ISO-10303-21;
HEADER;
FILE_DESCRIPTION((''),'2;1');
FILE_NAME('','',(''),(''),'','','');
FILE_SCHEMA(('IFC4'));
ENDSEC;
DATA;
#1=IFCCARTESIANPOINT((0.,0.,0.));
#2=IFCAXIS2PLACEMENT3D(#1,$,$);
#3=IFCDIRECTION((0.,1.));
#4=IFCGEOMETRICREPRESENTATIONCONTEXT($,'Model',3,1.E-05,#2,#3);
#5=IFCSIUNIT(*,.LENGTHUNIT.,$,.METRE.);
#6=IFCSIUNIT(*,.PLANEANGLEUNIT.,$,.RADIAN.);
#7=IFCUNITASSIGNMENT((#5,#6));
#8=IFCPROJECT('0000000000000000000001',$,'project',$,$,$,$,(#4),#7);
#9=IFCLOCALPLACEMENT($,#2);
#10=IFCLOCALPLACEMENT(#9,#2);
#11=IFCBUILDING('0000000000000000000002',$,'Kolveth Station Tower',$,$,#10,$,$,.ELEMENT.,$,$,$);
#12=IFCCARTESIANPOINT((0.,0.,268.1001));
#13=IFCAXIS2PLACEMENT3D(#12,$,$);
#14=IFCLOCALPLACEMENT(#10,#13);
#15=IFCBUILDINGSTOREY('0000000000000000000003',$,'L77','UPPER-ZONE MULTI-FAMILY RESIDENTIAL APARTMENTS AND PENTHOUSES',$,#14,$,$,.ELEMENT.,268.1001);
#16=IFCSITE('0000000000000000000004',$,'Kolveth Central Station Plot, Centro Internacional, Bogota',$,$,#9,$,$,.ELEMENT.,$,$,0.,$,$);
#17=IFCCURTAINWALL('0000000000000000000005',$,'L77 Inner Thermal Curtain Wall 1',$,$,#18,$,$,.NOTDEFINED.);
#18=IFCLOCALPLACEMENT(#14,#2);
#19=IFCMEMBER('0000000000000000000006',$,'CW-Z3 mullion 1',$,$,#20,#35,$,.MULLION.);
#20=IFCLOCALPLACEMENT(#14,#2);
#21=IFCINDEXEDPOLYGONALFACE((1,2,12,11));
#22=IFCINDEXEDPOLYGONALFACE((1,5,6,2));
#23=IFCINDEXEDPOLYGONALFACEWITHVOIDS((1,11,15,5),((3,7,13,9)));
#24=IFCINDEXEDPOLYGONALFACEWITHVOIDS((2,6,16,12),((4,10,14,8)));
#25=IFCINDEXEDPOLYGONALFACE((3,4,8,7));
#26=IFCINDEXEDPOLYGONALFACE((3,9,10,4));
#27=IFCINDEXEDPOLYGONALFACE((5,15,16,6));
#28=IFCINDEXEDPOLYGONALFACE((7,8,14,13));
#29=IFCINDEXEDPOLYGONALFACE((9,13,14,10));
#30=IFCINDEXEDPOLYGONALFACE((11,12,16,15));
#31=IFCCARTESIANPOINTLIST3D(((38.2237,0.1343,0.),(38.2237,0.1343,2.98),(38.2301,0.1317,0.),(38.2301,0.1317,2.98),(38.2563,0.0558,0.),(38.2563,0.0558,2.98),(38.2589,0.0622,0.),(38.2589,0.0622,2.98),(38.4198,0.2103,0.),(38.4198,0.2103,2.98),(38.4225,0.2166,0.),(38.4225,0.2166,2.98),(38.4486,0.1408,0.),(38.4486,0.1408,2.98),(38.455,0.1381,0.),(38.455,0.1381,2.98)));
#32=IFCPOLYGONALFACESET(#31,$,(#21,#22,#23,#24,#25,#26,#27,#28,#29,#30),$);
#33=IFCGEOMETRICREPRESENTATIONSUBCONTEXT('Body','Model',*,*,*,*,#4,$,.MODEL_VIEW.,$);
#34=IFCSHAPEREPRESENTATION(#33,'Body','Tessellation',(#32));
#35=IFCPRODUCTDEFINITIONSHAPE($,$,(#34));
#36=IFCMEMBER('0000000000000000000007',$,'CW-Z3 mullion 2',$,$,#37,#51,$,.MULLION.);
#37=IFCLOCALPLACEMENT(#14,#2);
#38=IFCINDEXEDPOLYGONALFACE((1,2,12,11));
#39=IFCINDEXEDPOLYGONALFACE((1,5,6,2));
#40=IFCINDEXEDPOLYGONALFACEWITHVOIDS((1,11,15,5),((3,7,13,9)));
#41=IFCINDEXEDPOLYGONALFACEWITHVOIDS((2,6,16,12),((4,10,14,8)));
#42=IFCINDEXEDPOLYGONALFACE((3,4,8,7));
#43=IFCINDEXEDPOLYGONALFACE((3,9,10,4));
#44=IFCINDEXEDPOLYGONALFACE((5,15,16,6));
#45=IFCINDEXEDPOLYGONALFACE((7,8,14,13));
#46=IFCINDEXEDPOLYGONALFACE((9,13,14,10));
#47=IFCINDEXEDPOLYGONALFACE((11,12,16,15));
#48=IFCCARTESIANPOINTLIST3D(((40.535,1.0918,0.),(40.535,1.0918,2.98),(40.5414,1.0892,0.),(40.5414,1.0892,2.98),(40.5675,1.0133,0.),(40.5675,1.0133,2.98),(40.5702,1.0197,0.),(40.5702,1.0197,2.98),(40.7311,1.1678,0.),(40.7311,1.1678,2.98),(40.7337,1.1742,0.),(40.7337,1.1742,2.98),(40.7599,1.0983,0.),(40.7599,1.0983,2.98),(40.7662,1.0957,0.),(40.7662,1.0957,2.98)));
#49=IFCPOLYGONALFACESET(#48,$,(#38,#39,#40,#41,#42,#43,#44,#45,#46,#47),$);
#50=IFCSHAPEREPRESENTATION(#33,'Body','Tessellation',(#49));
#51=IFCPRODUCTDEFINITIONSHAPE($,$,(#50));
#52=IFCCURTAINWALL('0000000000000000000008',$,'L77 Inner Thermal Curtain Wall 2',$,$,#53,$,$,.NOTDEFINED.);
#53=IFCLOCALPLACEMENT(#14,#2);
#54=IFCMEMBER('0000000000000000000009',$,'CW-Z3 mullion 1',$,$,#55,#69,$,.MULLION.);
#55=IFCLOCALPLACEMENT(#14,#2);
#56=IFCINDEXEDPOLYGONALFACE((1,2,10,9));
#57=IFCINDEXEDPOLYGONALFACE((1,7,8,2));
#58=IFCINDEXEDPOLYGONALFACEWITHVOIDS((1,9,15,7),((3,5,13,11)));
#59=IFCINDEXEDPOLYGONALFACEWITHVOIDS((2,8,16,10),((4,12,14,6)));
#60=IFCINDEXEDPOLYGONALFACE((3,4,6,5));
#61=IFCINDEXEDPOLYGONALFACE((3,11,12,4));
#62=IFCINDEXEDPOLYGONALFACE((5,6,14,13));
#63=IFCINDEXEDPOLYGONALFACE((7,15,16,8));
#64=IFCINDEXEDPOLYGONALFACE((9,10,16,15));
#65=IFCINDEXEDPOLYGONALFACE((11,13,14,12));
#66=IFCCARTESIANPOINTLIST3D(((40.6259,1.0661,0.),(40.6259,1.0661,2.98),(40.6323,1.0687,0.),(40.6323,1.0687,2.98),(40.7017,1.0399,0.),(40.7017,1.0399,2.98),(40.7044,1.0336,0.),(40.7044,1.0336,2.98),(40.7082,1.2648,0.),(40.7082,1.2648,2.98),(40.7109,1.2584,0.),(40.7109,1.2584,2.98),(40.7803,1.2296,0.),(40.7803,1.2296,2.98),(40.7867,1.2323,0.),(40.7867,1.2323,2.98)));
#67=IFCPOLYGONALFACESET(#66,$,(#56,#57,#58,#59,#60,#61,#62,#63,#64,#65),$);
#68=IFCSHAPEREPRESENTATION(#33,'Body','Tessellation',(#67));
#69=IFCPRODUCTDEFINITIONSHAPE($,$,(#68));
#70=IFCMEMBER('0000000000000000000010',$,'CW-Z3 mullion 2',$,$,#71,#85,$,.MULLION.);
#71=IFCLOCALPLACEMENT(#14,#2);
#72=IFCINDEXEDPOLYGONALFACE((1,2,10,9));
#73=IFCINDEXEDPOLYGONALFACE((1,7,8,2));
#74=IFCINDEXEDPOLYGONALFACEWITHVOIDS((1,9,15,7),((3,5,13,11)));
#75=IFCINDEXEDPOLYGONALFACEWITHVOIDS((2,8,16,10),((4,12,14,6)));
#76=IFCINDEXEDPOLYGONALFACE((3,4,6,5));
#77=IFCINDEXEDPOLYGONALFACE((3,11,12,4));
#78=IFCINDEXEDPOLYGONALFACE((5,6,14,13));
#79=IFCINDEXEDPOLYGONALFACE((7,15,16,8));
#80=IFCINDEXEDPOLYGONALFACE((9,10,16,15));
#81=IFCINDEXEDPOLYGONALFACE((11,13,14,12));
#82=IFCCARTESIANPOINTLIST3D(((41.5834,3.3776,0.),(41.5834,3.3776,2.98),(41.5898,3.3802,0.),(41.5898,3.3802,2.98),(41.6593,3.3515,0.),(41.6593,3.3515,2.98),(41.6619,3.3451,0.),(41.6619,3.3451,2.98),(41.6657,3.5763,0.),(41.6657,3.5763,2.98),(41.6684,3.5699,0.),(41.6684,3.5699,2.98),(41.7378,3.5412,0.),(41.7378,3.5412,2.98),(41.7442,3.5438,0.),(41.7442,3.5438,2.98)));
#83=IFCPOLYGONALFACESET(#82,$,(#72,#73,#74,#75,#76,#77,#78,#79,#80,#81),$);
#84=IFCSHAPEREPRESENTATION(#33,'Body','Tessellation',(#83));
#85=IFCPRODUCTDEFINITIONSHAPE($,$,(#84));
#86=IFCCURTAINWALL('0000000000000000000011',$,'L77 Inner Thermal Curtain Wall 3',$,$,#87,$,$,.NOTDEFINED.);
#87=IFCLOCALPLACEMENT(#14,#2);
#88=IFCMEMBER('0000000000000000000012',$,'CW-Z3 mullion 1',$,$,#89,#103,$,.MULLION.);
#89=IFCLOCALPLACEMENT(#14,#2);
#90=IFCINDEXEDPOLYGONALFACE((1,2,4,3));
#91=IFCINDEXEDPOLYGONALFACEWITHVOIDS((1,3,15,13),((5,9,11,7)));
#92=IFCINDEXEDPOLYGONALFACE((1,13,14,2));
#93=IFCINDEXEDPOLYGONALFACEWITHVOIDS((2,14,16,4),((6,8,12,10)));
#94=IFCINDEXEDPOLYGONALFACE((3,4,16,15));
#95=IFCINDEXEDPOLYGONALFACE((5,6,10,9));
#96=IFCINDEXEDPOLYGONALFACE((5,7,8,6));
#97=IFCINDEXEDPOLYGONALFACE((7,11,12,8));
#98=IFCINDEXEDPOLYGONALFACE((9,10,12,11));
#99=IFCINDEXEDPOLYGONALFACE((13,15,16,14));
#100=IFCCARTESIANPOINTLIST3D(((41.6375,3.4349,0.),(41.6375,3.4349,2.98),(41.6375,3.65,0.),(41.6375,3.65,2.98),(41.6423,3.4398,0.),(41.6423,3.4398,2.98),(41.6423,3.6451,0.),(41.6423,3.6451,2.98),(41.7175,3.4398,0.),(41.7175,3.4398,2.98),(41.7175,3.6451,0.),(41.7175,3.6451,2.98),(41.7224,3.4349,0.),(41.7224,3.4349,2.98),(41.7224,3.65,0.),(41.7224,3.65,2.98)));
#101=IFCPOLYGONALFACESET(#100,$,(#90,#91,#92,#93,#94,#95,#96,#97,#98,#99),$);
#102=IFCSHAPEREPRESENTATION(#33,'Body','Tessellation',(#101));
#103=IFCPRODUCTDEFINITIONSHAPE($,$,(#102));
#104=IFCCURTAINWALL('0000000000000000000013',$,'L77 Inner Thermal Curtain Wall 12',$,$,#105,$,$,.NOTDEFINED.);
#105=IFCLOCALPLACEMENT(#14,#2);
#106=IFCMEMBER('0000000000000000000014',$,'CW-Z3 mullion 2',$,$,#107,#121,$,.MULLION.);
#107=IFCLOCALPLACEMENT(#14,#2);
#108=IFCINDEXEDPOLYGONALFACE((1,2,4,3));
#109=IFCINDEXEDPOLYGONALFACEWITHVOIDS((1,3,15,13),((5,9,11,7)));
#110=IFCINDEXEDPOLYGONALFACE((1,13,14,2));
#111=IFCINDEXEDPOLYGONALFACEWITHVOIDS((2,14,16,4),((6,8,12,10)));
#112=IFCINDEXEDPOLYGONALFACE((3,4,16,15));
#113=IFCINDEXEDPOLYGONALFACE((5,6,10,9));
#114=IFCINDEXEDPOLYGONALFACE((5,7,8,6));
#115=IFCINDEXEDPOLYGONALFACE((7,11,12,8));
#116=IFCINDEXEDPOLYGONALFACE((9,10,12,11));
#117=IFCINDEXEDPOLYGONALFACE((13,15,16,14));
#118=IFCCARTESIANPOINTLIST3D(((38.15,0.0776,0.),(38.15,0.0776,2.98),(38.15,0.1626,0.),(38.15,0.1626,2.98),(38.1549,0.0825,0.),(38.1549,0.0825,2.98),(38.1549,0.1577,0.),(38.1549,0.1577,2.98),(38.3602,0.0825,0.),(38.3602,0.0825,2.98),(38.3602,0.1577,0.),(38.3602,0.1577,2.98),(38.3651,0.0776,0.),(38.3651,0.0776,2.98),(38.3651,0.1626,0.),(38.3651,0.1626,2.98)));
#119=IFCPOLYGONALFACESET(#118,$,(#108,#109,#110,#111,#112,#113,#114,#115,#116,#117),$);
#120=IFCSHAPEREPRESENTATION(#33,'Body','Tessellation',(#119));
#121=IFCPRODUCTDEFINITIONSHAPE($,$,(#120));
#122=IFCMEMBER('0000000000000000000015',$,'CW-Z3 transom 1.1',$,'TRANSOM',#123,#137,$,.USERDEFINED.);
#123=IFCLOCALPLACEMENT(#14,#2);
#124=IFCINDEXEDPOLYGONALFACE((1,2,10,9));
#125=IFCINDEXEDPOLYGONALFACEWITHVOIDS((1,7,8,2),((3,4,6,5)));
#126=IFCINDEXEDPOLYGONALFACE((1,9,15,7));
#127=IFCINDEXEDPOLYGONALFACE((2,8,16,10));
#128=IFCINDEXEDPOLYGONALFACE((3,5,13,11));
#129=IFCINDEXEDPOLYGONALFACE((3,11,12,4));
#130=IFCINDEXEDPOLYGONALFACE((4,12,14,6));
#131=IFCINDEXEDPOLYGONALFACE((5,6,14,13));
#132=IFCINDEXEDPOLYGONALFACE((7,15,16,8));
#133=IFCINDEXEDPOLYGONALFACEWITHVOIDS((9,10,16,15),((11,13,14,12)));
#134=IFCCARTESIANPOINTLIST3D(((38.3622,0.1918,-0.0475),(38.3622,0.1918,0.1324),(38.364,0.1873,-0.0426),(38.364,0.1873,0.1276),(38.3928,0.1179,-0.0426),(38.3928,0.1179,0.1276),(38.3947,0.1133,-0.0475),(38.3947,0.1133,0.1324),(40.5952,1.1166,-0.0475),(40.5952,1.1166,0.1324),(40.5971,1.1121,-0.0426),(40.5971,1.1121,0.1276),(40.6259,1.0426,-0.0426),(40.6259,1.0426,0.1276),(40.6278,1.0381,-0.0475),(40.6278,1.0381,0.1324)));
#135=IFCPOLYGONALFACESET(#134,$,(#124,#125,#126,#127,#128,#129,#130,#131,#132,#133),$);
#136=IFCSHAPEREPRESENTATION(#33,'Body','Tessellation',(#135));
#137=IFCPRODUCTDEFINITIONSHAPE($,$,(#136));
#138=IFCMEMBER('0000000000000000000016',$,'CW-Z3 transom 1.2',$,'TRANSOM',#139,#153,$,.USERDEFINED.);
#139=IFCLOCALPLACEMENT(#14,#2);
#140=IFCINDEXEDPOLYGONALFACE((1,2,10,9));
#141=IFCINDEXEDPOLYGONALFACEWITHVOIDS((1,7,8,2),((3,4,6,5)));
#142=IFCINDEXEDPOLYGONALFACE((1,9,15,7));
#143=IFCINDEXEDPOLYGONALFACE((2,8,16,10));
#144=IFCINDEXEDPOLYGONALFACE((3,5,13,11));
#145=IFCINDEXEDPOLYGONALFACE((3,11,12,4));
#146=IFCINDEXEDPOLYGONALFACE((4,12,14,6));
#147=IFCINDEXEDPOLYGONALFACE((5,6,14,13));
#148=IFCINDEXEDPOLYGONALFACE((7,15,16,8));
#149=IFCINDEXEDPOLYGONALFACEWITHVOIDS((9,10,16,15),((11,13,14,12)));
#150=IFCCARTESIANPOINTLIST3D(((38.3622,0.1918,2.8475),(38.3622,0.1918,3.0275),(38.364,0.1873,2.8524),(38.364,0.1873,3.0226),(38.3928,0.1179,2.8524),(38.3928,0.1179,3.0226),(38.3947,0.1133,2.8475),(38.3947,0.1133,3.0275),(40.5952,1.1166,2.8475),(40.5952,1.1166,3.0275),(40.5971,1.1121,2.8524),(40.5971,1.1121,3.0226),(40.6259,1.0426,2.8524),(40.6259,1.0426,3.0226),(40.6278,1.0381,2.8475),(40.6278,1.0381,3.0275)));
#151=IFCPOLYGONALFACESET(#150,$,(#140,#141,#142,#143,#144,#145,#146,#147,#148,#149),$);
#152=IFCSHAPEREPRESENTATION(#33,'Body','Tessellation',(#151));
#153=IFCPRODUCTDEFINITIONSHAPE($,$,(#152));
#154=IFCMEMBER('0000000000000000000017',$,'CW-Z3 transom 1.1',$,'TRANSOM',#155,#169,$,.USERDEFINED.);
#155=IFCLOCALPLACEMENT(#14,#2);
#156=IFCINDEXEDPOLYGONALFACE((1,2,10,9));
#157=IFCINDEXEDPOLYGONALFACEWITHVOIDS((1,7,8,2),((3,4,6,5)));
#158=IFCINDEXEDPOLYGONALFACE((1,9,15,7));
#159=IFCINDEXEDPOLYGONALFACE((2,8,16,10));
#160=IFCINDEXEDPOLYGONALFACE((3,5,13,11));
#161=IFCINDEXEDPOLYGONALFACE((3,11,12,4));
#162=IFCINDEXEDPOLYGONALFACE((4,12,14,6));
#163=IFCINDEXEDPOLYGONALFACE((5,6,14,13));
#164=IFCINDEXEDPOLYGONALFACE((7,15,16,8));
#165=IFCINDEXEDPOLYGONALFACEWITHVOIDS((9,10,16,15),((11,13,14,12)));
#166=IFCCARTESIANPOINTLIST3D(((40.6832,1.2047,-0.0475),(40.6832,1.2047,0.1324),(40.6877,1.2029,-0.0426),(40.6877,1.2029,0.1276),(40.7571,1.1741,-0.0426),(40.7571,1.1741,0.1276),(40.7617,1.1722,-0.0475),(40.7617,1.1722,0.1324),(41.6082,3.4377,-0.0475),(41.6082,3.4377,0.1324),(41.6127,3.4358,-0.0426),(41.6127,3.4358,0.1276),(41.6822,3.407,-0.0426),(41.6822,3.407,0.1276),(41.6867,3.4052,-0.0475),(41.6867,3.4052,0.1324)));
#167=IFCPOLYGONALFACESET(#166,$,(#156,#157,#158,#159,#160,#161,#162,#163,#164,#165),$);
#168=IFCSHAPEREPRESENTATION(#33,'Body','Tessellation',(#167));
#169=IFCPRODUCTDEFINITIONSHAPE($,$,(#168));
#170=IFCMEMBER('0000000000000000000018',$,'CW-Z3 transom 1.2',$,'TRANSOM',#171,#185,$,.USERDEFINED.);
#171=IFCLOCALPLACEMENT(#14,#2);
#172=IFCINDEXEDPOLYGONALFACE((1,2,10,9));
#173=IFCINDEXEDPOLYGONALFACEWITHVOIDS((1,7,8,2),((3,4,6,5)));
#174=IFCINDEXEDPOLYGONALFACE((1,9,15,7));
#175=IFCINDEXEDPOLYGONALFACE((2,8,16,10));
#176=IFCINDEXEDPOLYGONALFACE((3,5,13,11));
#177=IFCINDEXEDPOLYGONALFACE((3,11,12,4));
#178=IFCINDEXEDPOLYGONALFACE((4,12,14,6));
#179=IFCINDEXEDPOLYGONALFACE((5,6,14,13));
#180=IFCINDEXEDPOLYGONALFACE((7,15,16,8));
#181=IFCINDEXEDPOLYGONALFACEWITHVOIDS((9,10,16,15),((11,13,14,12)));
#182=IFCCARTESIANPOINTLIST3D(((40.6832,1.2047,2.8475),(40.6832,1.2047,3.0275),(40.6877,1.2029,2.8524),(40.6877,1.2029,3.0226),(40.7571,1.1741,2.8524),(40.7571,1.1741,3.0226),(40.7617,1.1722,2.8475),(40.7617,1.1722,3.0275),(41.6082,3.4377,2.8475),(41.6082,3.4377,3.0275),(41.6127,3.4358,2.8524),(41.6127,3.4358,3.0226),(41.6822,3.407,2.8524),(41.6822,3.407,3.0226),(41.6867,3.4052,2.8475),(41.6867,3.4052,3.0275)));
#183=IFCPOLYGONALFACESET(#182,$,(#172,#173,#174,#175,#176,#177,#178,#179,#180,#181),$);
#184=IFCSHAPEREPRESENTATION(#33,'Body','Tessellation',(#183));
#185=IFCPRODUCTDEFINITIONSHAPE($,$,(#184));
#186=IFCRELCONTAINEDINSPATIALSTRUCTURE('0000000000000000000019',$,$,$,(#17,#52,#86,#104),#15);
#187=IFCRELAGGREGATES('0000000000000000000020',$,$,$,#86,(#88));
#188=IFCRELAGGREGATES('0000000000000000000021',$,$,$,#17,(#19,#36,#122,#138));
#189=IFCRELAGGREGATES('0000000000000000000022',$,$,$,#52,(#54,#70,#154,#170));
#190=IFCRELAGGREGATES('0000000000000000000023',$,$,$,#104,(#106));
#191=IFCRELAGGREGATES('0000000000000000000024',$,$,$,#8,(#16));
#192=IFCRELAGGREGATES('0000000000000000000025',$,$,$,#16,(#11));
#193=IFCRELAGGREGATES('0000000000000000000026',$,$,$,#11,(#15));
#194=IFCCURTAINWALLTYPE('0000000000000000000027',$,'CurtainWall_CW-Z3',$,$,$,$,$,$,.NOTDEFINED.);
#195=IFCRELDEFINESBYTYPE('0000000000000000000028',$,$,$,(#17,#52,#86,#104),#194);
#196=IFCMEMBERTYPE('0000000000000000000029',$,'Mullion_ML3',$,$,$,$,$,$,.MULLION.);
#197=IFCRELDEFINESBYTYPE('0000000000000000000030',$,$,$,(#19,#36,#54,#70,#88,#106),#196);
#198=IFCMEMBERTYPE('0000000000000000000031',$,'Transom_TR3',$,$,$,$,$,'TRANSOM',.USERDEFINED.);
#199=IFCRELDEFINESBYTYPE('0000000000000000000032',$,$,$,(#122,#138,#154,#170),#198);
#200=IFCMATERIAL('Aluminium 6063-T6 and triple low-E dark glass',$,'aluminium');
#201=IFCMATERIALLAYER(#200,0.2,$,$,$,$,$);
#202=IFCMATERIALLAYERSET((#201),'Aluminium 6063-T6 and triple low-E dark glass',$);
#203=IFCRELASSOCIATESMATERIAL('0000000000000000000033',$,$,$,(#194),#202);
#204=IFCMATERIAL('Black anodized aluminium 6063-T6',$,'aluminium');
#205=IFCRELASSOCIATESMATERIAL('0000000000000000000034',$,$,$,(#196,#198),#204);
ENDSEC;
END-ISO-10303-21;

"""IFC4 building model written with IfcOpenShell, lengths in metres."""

from ifc_helpers import new_model, si_unit, direction, frame, origin, origin_2d, place, context, subcontext, project, spatial, hollow_rectangle, extrude, source, transform, mapped, material, layer, layer_set, material_profile, profile_set, type_object, element, aggregate, save


model = new_model("IFC4")

# Units and contexts
model_context = context("Model", 3, precision=1e-05, world=origin(), true_north=direction((0.0, 1.0)))
body_context = subcontext(model_context, "Body", "Model", "MODEL_VIEW")
ifc_project = project(units=[si_unit("LENGTHUNIT", "METRE"), si_unit("PLANEANGLEUNIT", "RADIAN")], contexts=[model_context])

# Site, building, storey
site_placement = place(None, origin())
site = spatial("IfcSite", under=ifc_project, at=site_placement, Name="Kolveth Central Station Plot, Centro Internacional, Bogota", CompositionType="ELEMENT", RefElevation=0.0)
building_placement = place(site_placement, origin())
building = spatial("IfcBuilding", under=site, at=building_placement, Name="Kolveth Station Tower", CompositionType="ELEMENT")
storey_placement = place(building_placement, frame((0.0, 0.0, 268.1001)))
storey = spatial("IfcBuildingStorey", under=building, at=storey_placement, Name="L77", Description="UPPER-ZONE MULTI-FAMILY RESIDENTIAL APARTMENTS AND PENTHOUSES", CompositionType="ELEMENT", Elevation=268.1001)

# Curtain walls, members
ifc_material_1 = material(Name="Aluminium 6063-T6 and triple low-E dark glass", Category="aluminium")
ifc_layer_1 = layer(ifc_material_1, 0.2)
ifc_layer_set_1 = layer_set([ifc_layer_1], Name="Aluminium 6063-T6 and triple low-E dark glass")
curtain_wall_type_1 = type_object("IfcCurtainWallType", Name="CurtainWall_CW-Z3", PredefinedType="NOTDEFINED", material=ifc_layer_set_1)
curtain_wall_1_placement = place(storey_placement, origin())
curtain_wall_1 = element("IfcCurtainWall", 1, at=curtain_wall_1_placement, inside=storey, type_object=curtain_wall_type_1, Name="L77 Inner Thermal Curtain Wall 1", PredefinedType="NOTDEFINED")
ifc_material_2 = material(Name="Black anodized aluminium 6063-T6", Category="aluminium")
ifc_material_profile_1 = material_profile(ifc_material_2, hollow_rectangle(XDim=0.085, YDim=0.2151, WallThickness=0.0049, at=origin_2d()), Name="ALU-85x215x5")
ifc_profile_set_1 = profile_set([ifc_material_profile_1], Name="Black anodized aluminium 6063-T6")
member_type_1 = type_object("IfcMemberType", Name="Mullion_ML3", PredefinedType="MULLION", material=ifc_profile_set_1)
shared_shape_1 = source(origin(), body_context, "Body", "SweptSolid", [
    extrude(hollow_rectangle(XDim=0.085, YDim=0.2151, WallThickness=0.0049, at=origin_2d()), origin(), (0.0, 0.0, 1.0), 2.98),
])
member_1_placement = place(storey_placement, frame((38.3394, 0.1362, 0.0), z_axis=(0.0, 0.0, 1.0), x_axis=(-0.382693, 0.923875, 0.0)))
member_1 = element("IfcMember", 2, at=member_1_placement, type_object=member_type_1, Name="CW-Z3 mullion 1", PredefinedType="MULLION", context=body_context, shape_type="MappedRepresentation", body=[
    mapped(shared_shape_1, transform((0.0, 0.0, 0.0), x_axis=(1.0, 0.0, 0.0), y_axis=(0.0, 1.0, 0.0), z_axis=(0.0, 0.0, 1.0), scale=1.0)),
])
member_2_placement = place(storey_placement, frame((40.6506, 1.0938, 0.0), z_axis=(0.0, 0.0, 1.0), x_axis=(-0.382693, 0.923875, 0.0)))
member_2 = element("IfcMember", 3, at=member_2_placement, type_object=member_type_1, Name="CW-Z3 mullion 2", PredefinedType="MULLION", context=body_context, shape_type="MappedRepresentation", body=[
    mapped(shared_shape_1, transform((0.0, 0.0, 0.0), x_axis=(1.0, 0.0, 0.0), y_axis=(0.0, 1.0, 0.0), z_axis=(0.0, 0.0, 1.0), scale=1.0)),
])
curtain_wall_2_placement = place(storey_placement, origin())
curtain_wall_2 = element("IfcCurtainWall", 4, at=curtain_wall_2_placement, inside=storey, type_object=curtain_wall_type_1, Name="L77 Inner Thermal Curtain Wall 2", PredefinedType="NOTDEFINED")
member_3_placement = place(storey_placement, frame((40.7063, 1.1492, 0.0), z_axis=(0.0, 0.0, 1.0), x_axis=(-0.923875, 0.382693, 0.0)))
member_3 = element("IfcMember", 5, at=member_3_placement, type_object=member_type_1, Name="CW-Z3 mullion 1", PredefinedType="MULLION", context=body_context, shape_type="MappedRepresentation", body=[
    mapped(shared_shape_1, transform((0.0, 0.0, 0.0), x_axis=(1.0, 0.0, 0.0), y_axis=(0.0, 1.0, 0.0), z_axis=(0.0, 0.0, 1.0), scale=1.0)),
])
member_4_placement = place(storey_placement, frame((41.6638, 3.4607, 0.0), z_axis=(0.0, 0.0, 1.0), x_axis=(-0.923875, 0.382693, 0.0)))
member_4 = element("IfcMember", 6, at=member_4_placement, type_object=member_type_1, Name="CW-Z3 mullion 2", PredefinedType="MULLION", context=body_context, shape_type="MappedRepresentation", body=[
    mapped(shared_shape_1, transform((0.0, 0.0, 0.0), x_axis=(1.0, 0.0, 0.0), y_axis=(0.0, 1.0, 0.0), z_axis=(0.0, 0.0, 1.0), scale=1.0)),
])

# Curtain walls, members
curtain_wall_3_placement = place(storey_placement, origin())
curtain_wall_3 = element("IfcCurtainWall", 7, at=curtain_wall_3_placement, inside=storey, type_object=curtain_wall_type_1, Name="L77 Inner Thermal Curtain Wall 3", PredefinedType="NOTDEFINED")
member_5_placement = place(storey_placement, frame((41.6799, 3.5425, 0.0), z_axis=(0.0, 0.0, 1.0), x_axis=(-1.0, 0.0, 0.0)))
member_5 = element("IfcMember", 8, at=member_5_placement, type_object=member_type_1, Name="CW-Z3 mullion 1", PredefinedType="MULLION", context=body_context, shape_type="MappedRepresentation", body=[
    mapped(shared_shape_1, transform((0.0, 0.0, 0.0), x_axis=(1.0, 0.0, 0.0), y_axis=(0.0, 1.0, 0.0), z_axis=(0.0, 0.0, 1.0), scale=1.0)),
])
curtain_wall_4_placement = place(storey_placement, origin())
curtain_wall_4 = element("IfcCurtainWall", 9, at=curtain_wall_4_placement, inside=storey, type_object=curtain_wall_type_1, Name="L77 Inner Thermal Curtain Wall 12", PredefinedType="NOTDEFINED")
member_6_placement = place(storey_placement, frame((38.2576, 0.1201, 0.0), z_axis=(0.0, 0.0, 1.0), x_axis=(0.0, 1.0, 0.0)))
member_6 = element("IfcMember", 10, at=member_6_placement, type_object=member_type_1, Name="CW-Z3 mullion 2", PredefinedType="MULLION", context=body_context, shape_type="MappedRepresentation", body=[
    mapped(shared_shape_1, transform((0.0, 0.0, 0.0), x_axis=(1.0, 0.0, 0.0), y_axis=(0.0, 1.0, 0.0), z_axis=(0.0, 0.0, 1.0), scale=1.0)),
])

# Members
ifc_material_profile_2 = material_profile(ifc_material_2, hollow_rectangle(XDim=0.085, YDim=0.1799, WallThickness=0.0049, at=origin_2d()), Name="ALU-85x180x5")
ifc_profile_set_2 = profile_set([ifc_material_profile_2], Name="Black anodized aluminium 6063-T6")
member_type_2 = type_object("IfcMemberType", Name="Transom_TR3", ElementType="TRANSOM", PredefinedType="USERDEFINED", material=ifc_profile_set_2)
shared_shape_2 = source(origin(), body_context, "Body", "SweptSolid", [
    extrude(hollow_rectangle(XDim=0.085, YDim=0.1799, WallThickness=0.0049, at=origin_2d()), origin(), (0.0, 0.0, 1.0), 2.417),
])
member_7_placement = place(storey_placement, frame((38.3784, 0.1526, 0.0425), z_axis=(0.923909, 0.382613, 0.0), x_axis=(-0.382613, 0.923909, 0.0)))
member_7 = element("IfcMember", 11, at=member_7_placement, type_object=member_type_2, Name="CW-Z3 transom 1.1", ObjectType="TRANSOM", PredefinedType="USERDEFINED", context=body_context, shape_type="MappedRepresentation", body=[
    mapped(shared_shape_2, transform((0.0, 0.0, 0.0), x_axis=(1.0, 0.0, 0.0), y_axis=(0.0, 1.0, 0.0), z_axis=(0.0, 0.0, 1.0), scale=1.0)),
])
member_8_placement = place(storey_placement, frame((38.3784, 0.1526, 2.9375), z_axis=(0.923909, 0.382613, 0.0), x_axis=(-0.382613, 0.923909, 0.0)))
member_8 = element("IfcMember", 12, at=member_8_placement, type_object=member_type_2, Name="CW-Z3 transom 1.2", ObjectType="TRANSOM", PredefinedType="USERDEFINED", context=body_context, shape_type="MappedRepresentation", body=[
    mapped(shared_shape_2, transform((0.0, 0.0, 0.0), x_axis=(1.0, 0.0, 0.0), y_axis=(0.0, 1.0, 0.0), z_axis=(0.0, 0.0, 1.0), scale=1.0)),
])
member_9_placement = place(storey_placement, frame((40.7224, 1.1885, 0.0425), z_axis=(0.382735, 0.923858, 0.0), x_axis=(-0.923858, 0.382735, 0.0)))
member_9 = element("IfcMember", 13, at=member_9_placement, type_object=member_type_2, Name="CW-Z3 transom 1.1", ObjectType="TRANSOM", PredefinedType="USERDEFINED", context=body_context, shape_type="MappedRepresentation", body=[
    mapped(shared_shape_2, transform((0.0, 0.0, 0.0), x_axis=(1.0, 0.0, 0.0), y_axis=(0.0, 1.0, 0.0), z_axis=(0.0, 0.0, 1.0), scale=1.0)),
])
member_10_placement = place(storey_placement, frame((40.7224, 1.1885, 2.9375), z_axis=(0.382735, 0.923858, 0.0), x_axis=(-0.923858, 0.382735, 0.0)))
member_10 = element("IfcMember", 14, at=member_10_placement, type_object=member_type_2, Name="CW-Z3 transom 1.2", ObjectType="TRANSOM", PredefinedType="USERDEFINED", context=body_context, shape_type="MappedRepresentation", body=[
    mapped(shared_shape_2, transform((0.0, 0.0, 0.0), x_axis=(1.0, 0.0, 0.0), y_axis=(0.0, 1.0, 0.0), z_axis=(0.0, 0.0, 1.0), scale=1.0)),
])
aggregate(curtain_wall_3, [member_5])

aggregate(curtain_wall_1, [member_1, member_2, member_7, member_8])
aggregate(curtain_wall_2, [member_3, member_4, member_9, member_10])
aggregate(curtain_wall_4, [member_6])

save(model, "model.ifc")
